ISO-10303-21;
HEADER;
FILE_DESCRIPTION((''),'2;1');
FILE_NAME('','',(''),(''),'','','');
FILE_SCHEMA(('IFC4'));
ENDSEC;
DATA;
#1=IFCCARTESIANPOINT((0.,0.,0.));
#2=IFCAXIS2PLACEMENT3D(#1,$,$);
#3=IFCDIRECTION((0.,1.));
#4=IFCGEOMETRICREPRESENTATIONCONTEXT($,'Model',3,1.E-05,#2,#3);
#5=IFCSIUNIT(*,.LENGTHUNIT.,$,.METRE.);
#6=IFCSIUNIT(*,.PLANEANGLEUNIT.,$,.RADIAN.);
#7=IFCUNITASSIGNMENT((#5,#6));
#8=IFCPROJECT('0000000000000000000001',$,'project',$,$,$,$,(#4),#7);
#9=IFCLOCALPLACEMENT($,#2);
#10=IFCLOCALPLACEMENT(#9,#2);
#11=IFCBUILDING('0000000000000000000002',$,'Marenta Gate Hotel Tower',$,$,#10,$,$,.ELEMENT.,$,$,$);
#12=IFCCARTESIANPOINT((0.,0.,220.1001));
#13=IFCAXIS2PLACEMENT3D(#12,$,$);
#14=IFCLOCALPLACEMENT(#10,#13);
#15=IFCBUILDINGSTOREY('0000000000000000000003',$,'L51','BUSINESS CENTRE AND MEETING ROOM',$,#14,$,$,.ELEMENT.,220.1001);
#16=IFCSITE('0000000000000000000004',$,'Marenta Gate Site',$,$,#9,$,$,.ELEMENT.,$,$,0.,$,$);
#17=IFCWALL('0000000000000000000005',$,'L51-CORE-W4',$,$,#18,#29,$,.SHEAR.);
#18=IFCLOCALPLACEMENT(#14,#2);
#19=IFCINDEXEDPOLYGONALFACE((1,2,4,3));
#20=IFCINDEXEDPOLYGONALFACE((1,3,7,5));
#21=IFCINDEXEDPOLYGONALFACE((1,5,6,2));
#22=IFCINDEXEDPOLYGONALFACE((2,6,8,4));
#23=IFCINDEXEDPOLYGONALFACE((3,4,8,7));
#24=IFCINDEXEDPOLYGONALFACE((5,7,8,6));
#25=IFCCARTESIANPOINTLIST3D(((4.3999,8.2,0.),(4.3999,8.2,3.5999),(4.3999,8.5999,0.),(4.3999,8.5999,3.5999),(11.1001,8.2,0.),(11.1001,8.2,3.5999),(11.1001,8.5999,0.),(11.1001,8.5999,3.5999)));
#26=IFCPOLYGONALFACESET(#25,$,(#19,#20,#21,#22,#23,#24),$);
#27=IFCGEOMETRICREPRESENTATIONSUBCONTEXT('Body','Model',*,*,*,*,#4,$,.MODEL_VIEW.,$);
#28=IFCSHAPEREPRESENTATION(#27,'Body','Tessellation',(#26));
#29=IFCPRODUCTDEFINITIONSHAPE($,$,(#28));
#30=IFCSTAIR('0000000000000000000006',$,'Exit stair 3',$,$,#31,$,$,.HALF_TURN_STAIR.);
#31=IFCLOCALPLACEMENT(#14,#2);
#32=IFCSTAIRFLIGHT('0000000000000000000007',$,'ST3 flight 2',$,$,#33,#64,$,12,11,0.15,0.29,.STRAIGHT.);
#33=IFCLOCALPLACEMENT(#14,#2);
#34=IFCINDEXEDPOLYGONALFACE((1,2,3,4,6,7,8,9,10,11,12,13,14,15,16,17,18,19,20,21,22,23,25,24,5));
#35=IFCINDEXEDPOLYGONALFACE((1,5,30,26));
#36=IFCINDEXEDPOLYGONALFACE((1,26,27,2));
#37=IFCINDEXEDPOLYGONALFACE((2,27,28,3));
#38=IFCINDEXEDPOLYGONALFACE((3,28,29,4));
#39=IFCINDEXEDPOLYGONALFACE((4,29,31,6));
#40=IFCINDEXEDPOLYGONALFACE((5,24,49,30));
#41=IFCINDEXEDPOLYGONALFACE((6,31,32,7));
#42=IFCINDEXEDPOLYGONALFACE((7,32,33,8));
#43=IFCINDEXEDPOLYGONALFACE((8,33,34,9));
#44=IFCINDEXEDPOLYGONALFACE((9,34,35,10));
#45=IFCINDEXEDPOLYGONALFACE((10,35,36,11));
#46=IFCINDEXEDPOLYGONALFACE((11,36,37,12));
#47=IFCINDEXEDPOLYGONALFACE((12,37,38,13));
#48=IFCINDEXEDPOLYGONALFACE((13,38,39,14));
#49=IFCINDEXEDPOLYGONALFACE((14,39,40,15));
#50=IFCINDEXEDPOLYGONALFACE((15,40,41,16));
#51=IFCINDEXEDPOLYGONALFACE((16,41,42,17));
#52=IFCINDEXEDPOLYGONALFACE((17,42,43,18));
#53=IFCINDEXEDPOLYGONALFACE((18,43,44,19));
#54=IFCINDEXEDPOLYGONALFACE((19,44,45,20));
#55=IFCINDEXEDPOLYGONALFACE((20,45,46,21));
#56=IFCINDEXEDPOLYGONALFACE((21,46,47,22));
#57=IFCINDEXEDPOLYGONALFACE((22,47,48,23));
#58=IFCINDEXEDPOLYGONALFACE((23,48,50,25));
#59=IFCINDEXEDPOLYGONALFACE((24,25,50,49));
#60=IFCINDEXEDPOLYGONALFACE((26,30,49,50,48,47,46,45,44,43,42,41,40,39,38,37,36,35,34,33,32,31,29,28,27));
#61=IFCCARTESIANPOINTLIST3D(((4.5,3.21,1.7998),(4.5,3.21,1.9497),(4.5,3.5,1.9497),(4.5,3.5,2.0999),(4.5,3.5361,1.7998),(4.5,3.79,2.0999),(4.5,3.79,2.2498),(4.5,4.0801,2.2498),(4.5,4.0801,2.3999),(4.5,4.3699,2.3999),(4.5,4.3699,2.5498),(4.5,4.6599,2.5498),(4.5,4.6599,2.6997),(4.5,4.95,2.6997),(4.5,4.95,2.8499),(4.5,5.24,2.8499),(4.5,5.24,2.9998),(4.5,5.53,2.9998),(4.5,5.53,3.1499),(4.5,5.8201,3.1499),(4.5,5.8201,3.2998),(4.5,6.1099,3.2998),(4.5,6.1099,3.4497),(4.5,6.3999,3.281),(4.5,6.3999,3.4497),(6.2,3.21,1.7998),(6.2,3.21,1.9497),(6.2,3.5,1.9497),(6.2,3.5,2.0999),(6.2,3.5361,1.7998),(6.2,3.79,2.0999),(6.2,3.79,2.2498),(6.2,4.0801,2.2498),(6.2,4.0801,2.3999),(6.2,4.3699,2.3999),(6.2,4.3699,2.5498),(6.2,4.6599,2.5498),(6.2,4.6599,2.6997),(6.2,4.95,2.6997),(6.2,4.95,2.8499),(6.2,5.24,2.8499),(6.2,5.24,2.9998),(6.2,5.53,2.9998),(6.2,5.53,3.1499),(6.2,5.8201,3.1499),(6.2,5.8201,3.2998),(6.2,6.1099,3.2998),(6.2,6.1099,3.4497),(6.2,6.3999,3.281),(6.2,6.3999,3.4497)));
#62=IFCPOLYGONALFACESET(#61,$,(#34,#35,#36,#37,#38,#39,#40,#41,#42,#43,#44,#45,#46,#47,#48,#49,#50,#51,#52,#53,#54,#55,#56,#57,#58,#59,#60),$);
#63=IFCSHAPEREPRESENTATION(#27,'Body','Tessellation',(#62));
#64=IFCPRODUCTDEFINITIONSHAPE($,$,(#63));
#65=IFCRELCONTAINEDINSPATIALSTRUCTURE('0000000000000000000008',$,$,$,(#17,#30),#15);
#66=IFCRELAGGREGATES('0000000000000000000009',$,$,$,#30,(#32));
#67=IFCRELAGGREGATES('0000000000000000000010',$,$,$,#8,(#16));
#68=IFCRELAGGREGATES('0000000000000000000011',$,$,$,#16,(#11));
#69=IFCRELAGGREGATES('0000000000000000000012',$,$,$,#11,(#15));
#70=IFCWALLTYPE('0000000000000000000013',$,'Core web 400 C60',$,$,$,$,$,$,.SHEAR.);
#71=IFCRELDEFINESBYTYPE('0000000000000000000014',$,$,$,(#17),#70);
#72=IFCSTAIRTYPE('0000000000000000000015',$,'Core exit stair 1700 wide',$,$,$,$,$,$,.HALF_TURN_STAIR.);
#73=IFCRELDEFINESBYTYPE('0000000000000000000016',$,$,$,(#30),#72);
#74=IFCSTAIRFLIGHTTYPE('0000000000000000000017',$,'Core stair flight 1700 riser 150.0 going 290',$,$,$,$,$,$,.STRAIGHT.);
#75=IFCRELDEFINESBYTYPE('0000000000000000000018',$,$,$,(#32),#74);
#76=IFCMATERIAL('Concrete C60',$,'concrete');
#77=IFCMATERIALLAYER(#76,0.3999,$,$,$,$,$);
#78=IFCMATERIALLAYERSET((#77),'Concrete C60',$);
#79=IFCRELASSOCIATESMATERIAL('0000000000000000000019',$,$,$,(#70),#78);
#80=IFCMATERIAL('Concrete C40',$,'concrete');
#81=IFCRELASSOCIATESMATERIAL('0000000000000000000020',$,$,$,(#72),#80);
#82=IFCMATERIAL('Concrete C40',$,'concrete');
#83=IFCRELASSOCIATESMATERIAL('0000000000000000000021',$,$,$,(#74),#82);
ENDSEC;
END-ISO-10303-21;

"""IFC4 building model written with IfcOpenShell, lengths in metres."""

from ifc_helpers import new_model, si_unit, direction, frame, frame_2d, origin, place, context, subcontext, project, spatial, polyline, rectangle, outline, extrude, material, layer, layer_set, type_object, element, aggregate, save


model = new_model("IFC4")

# Units and contexts
model_context = context("Model", 3, precision=1e-05, world=origin(), true_north=direction((0.0, 1.0)))
body_context = subcontext(model_context, "Body", "Model", "MODEL_VIEW")
ifc_project = project(units=[si_unit("LENGTHUNIT", "METRE"), si_unit("PLANEANGLEUNIT", "RADIAN")], contexts=[model_context])

# Site, building, storey
site_placement = place(None, origin())
site = spatial("IfcSite", under=ifc_project, at=site_placement, Name="Marenta Gate Site", CompositionType="ELEMENT", RefElevation=0.0)
building_placement = place(site_placement, origin())
building = spatial("IfcBuilding", under=site, at=building_placement, Name="Marenta Gate Hotel Tower", CompositionType="ELEMENT")
storey_placement = place(building_placement, frame((0.0, 0.0, 220.1001)))
storey = spatial("IfcBuildingStorey", under=building, at=storey_placement, Name="L51", Description="BUSINESS CENTRE AND MEETING ROOM", CompositionType="ELEMENT", Elevation=220.1001)

# Shared definitions
ifc_material_1 = material(Name="Concrete C60", Category="concrete")
ifc_layer_1 = layer(ifc_material_1, 0.3999)
ifc_layer_set_1 = layer_set([ifc_layer_1], Name="Concrete C60")
wall_type_1 = type_object("IfcWallType", Name="Core web 400 C60", PredefinedType="SHEAR", material=ifc_layer_set_1)

# Wall
wall_1_placement = place(storey_placement, frame((4.3999, 8.3999, 0.0), z_axis=(0.0, 0.0, 1.0), x_axis=(1.0, 0.0, 0.0)))
element("IfcWall", 1, at=wall_1_placement, inside=storey, type_object=wall_type_1, Name="L51-CORE-W4", PredefinedType="SHEAR", context=body_context, shape_type="SweptSolid", body=[
    extrude(rectangle(XDim=6.7002, YDim=0.3999, at=frame_2d((3.3501, 0.0))), origin(), (0.0, 0.0, 1.0), 3.5999),
])

# Stair, stair flight
ifc_material_2 = material(Name="Concrete C40", Category="concrete")
stair_type_1 = type_object("IfcStairType", Name="Core exit stair 1700 wide", PredefinedType="HALF_TURN_STAIR", material=ifc_material_2)
stair_1_placement = place(storey_placement, origin())
stair_1 = element("IfcStair", 2, at=stair_1_placement, inside=storey, type_object=stair_type_1, Name="Exit stair 3", PredefinedType="HALF_TURN_STAIR")
ifc_material_3 = material(Name="Concrete C40", Category="concrete")
stair_flight_type = type_object("IfcStairFlightType", Name="Core stair flight 1700 riser 150.0 going 290", PredefinedType="STRAIGHT", material=ifc_material_3)
stair_flight_placement = place(storey_placement, frame((5.3501, 3.21, 1.7998), z_axis=(0.0, 0.0, 1.0), x_axis=(0.0, 1.0, 0.0)))
stair_flight = element("IfcStairFlight", 3, at=stair_flight_placement, type_object=stair_flight_type, Name="ST3 flight 2", NumberOfRisers=12, NumberOfTreads=11, PredefinedType="STRAIGHT", RiserHeight=0.15, TreadLength=0.29, context=body_context, shape_type="SweptSolid", body=[
    extrude(outline(polyline([(0.0, 0.0), (0.0, 0.1499), (0.29, 0.1499), (0.29, 0.3), (0.5801, 0.3), (0.5801, 0.45), (0.8701, 0.45), (0.8701, 0.6001), (1.1599, 0.6001), (1.1599, 0.75), (1.45, 0.75), (1.45, 0.8999), (1.74, 0.8999), (1.74, 1.05), (2.03, 1.05), (2.03, 1.2), (2.3201, 1.2), (2.3201, 1.3501), (2.6101, 1.3501), (2.6101, 1.5), (2.8999, 1.5), (2.8999, 1.6499), (3.1899, 1.6499), (3.1899, 1.8), (3.1899, 1.4812), (0.3262, 0.0), (0.0, 0.0)])), frame((0.0, 0.8501, 0.0), z_axis=(0.0, -1.0, 0.0), x_axis=(1.0, 0.0, 0.0)), (0.0, 0.0, 1.0), 1.7),
])
aggregate(stair_1, [stair_flight])

save(model, "model.ifc")
